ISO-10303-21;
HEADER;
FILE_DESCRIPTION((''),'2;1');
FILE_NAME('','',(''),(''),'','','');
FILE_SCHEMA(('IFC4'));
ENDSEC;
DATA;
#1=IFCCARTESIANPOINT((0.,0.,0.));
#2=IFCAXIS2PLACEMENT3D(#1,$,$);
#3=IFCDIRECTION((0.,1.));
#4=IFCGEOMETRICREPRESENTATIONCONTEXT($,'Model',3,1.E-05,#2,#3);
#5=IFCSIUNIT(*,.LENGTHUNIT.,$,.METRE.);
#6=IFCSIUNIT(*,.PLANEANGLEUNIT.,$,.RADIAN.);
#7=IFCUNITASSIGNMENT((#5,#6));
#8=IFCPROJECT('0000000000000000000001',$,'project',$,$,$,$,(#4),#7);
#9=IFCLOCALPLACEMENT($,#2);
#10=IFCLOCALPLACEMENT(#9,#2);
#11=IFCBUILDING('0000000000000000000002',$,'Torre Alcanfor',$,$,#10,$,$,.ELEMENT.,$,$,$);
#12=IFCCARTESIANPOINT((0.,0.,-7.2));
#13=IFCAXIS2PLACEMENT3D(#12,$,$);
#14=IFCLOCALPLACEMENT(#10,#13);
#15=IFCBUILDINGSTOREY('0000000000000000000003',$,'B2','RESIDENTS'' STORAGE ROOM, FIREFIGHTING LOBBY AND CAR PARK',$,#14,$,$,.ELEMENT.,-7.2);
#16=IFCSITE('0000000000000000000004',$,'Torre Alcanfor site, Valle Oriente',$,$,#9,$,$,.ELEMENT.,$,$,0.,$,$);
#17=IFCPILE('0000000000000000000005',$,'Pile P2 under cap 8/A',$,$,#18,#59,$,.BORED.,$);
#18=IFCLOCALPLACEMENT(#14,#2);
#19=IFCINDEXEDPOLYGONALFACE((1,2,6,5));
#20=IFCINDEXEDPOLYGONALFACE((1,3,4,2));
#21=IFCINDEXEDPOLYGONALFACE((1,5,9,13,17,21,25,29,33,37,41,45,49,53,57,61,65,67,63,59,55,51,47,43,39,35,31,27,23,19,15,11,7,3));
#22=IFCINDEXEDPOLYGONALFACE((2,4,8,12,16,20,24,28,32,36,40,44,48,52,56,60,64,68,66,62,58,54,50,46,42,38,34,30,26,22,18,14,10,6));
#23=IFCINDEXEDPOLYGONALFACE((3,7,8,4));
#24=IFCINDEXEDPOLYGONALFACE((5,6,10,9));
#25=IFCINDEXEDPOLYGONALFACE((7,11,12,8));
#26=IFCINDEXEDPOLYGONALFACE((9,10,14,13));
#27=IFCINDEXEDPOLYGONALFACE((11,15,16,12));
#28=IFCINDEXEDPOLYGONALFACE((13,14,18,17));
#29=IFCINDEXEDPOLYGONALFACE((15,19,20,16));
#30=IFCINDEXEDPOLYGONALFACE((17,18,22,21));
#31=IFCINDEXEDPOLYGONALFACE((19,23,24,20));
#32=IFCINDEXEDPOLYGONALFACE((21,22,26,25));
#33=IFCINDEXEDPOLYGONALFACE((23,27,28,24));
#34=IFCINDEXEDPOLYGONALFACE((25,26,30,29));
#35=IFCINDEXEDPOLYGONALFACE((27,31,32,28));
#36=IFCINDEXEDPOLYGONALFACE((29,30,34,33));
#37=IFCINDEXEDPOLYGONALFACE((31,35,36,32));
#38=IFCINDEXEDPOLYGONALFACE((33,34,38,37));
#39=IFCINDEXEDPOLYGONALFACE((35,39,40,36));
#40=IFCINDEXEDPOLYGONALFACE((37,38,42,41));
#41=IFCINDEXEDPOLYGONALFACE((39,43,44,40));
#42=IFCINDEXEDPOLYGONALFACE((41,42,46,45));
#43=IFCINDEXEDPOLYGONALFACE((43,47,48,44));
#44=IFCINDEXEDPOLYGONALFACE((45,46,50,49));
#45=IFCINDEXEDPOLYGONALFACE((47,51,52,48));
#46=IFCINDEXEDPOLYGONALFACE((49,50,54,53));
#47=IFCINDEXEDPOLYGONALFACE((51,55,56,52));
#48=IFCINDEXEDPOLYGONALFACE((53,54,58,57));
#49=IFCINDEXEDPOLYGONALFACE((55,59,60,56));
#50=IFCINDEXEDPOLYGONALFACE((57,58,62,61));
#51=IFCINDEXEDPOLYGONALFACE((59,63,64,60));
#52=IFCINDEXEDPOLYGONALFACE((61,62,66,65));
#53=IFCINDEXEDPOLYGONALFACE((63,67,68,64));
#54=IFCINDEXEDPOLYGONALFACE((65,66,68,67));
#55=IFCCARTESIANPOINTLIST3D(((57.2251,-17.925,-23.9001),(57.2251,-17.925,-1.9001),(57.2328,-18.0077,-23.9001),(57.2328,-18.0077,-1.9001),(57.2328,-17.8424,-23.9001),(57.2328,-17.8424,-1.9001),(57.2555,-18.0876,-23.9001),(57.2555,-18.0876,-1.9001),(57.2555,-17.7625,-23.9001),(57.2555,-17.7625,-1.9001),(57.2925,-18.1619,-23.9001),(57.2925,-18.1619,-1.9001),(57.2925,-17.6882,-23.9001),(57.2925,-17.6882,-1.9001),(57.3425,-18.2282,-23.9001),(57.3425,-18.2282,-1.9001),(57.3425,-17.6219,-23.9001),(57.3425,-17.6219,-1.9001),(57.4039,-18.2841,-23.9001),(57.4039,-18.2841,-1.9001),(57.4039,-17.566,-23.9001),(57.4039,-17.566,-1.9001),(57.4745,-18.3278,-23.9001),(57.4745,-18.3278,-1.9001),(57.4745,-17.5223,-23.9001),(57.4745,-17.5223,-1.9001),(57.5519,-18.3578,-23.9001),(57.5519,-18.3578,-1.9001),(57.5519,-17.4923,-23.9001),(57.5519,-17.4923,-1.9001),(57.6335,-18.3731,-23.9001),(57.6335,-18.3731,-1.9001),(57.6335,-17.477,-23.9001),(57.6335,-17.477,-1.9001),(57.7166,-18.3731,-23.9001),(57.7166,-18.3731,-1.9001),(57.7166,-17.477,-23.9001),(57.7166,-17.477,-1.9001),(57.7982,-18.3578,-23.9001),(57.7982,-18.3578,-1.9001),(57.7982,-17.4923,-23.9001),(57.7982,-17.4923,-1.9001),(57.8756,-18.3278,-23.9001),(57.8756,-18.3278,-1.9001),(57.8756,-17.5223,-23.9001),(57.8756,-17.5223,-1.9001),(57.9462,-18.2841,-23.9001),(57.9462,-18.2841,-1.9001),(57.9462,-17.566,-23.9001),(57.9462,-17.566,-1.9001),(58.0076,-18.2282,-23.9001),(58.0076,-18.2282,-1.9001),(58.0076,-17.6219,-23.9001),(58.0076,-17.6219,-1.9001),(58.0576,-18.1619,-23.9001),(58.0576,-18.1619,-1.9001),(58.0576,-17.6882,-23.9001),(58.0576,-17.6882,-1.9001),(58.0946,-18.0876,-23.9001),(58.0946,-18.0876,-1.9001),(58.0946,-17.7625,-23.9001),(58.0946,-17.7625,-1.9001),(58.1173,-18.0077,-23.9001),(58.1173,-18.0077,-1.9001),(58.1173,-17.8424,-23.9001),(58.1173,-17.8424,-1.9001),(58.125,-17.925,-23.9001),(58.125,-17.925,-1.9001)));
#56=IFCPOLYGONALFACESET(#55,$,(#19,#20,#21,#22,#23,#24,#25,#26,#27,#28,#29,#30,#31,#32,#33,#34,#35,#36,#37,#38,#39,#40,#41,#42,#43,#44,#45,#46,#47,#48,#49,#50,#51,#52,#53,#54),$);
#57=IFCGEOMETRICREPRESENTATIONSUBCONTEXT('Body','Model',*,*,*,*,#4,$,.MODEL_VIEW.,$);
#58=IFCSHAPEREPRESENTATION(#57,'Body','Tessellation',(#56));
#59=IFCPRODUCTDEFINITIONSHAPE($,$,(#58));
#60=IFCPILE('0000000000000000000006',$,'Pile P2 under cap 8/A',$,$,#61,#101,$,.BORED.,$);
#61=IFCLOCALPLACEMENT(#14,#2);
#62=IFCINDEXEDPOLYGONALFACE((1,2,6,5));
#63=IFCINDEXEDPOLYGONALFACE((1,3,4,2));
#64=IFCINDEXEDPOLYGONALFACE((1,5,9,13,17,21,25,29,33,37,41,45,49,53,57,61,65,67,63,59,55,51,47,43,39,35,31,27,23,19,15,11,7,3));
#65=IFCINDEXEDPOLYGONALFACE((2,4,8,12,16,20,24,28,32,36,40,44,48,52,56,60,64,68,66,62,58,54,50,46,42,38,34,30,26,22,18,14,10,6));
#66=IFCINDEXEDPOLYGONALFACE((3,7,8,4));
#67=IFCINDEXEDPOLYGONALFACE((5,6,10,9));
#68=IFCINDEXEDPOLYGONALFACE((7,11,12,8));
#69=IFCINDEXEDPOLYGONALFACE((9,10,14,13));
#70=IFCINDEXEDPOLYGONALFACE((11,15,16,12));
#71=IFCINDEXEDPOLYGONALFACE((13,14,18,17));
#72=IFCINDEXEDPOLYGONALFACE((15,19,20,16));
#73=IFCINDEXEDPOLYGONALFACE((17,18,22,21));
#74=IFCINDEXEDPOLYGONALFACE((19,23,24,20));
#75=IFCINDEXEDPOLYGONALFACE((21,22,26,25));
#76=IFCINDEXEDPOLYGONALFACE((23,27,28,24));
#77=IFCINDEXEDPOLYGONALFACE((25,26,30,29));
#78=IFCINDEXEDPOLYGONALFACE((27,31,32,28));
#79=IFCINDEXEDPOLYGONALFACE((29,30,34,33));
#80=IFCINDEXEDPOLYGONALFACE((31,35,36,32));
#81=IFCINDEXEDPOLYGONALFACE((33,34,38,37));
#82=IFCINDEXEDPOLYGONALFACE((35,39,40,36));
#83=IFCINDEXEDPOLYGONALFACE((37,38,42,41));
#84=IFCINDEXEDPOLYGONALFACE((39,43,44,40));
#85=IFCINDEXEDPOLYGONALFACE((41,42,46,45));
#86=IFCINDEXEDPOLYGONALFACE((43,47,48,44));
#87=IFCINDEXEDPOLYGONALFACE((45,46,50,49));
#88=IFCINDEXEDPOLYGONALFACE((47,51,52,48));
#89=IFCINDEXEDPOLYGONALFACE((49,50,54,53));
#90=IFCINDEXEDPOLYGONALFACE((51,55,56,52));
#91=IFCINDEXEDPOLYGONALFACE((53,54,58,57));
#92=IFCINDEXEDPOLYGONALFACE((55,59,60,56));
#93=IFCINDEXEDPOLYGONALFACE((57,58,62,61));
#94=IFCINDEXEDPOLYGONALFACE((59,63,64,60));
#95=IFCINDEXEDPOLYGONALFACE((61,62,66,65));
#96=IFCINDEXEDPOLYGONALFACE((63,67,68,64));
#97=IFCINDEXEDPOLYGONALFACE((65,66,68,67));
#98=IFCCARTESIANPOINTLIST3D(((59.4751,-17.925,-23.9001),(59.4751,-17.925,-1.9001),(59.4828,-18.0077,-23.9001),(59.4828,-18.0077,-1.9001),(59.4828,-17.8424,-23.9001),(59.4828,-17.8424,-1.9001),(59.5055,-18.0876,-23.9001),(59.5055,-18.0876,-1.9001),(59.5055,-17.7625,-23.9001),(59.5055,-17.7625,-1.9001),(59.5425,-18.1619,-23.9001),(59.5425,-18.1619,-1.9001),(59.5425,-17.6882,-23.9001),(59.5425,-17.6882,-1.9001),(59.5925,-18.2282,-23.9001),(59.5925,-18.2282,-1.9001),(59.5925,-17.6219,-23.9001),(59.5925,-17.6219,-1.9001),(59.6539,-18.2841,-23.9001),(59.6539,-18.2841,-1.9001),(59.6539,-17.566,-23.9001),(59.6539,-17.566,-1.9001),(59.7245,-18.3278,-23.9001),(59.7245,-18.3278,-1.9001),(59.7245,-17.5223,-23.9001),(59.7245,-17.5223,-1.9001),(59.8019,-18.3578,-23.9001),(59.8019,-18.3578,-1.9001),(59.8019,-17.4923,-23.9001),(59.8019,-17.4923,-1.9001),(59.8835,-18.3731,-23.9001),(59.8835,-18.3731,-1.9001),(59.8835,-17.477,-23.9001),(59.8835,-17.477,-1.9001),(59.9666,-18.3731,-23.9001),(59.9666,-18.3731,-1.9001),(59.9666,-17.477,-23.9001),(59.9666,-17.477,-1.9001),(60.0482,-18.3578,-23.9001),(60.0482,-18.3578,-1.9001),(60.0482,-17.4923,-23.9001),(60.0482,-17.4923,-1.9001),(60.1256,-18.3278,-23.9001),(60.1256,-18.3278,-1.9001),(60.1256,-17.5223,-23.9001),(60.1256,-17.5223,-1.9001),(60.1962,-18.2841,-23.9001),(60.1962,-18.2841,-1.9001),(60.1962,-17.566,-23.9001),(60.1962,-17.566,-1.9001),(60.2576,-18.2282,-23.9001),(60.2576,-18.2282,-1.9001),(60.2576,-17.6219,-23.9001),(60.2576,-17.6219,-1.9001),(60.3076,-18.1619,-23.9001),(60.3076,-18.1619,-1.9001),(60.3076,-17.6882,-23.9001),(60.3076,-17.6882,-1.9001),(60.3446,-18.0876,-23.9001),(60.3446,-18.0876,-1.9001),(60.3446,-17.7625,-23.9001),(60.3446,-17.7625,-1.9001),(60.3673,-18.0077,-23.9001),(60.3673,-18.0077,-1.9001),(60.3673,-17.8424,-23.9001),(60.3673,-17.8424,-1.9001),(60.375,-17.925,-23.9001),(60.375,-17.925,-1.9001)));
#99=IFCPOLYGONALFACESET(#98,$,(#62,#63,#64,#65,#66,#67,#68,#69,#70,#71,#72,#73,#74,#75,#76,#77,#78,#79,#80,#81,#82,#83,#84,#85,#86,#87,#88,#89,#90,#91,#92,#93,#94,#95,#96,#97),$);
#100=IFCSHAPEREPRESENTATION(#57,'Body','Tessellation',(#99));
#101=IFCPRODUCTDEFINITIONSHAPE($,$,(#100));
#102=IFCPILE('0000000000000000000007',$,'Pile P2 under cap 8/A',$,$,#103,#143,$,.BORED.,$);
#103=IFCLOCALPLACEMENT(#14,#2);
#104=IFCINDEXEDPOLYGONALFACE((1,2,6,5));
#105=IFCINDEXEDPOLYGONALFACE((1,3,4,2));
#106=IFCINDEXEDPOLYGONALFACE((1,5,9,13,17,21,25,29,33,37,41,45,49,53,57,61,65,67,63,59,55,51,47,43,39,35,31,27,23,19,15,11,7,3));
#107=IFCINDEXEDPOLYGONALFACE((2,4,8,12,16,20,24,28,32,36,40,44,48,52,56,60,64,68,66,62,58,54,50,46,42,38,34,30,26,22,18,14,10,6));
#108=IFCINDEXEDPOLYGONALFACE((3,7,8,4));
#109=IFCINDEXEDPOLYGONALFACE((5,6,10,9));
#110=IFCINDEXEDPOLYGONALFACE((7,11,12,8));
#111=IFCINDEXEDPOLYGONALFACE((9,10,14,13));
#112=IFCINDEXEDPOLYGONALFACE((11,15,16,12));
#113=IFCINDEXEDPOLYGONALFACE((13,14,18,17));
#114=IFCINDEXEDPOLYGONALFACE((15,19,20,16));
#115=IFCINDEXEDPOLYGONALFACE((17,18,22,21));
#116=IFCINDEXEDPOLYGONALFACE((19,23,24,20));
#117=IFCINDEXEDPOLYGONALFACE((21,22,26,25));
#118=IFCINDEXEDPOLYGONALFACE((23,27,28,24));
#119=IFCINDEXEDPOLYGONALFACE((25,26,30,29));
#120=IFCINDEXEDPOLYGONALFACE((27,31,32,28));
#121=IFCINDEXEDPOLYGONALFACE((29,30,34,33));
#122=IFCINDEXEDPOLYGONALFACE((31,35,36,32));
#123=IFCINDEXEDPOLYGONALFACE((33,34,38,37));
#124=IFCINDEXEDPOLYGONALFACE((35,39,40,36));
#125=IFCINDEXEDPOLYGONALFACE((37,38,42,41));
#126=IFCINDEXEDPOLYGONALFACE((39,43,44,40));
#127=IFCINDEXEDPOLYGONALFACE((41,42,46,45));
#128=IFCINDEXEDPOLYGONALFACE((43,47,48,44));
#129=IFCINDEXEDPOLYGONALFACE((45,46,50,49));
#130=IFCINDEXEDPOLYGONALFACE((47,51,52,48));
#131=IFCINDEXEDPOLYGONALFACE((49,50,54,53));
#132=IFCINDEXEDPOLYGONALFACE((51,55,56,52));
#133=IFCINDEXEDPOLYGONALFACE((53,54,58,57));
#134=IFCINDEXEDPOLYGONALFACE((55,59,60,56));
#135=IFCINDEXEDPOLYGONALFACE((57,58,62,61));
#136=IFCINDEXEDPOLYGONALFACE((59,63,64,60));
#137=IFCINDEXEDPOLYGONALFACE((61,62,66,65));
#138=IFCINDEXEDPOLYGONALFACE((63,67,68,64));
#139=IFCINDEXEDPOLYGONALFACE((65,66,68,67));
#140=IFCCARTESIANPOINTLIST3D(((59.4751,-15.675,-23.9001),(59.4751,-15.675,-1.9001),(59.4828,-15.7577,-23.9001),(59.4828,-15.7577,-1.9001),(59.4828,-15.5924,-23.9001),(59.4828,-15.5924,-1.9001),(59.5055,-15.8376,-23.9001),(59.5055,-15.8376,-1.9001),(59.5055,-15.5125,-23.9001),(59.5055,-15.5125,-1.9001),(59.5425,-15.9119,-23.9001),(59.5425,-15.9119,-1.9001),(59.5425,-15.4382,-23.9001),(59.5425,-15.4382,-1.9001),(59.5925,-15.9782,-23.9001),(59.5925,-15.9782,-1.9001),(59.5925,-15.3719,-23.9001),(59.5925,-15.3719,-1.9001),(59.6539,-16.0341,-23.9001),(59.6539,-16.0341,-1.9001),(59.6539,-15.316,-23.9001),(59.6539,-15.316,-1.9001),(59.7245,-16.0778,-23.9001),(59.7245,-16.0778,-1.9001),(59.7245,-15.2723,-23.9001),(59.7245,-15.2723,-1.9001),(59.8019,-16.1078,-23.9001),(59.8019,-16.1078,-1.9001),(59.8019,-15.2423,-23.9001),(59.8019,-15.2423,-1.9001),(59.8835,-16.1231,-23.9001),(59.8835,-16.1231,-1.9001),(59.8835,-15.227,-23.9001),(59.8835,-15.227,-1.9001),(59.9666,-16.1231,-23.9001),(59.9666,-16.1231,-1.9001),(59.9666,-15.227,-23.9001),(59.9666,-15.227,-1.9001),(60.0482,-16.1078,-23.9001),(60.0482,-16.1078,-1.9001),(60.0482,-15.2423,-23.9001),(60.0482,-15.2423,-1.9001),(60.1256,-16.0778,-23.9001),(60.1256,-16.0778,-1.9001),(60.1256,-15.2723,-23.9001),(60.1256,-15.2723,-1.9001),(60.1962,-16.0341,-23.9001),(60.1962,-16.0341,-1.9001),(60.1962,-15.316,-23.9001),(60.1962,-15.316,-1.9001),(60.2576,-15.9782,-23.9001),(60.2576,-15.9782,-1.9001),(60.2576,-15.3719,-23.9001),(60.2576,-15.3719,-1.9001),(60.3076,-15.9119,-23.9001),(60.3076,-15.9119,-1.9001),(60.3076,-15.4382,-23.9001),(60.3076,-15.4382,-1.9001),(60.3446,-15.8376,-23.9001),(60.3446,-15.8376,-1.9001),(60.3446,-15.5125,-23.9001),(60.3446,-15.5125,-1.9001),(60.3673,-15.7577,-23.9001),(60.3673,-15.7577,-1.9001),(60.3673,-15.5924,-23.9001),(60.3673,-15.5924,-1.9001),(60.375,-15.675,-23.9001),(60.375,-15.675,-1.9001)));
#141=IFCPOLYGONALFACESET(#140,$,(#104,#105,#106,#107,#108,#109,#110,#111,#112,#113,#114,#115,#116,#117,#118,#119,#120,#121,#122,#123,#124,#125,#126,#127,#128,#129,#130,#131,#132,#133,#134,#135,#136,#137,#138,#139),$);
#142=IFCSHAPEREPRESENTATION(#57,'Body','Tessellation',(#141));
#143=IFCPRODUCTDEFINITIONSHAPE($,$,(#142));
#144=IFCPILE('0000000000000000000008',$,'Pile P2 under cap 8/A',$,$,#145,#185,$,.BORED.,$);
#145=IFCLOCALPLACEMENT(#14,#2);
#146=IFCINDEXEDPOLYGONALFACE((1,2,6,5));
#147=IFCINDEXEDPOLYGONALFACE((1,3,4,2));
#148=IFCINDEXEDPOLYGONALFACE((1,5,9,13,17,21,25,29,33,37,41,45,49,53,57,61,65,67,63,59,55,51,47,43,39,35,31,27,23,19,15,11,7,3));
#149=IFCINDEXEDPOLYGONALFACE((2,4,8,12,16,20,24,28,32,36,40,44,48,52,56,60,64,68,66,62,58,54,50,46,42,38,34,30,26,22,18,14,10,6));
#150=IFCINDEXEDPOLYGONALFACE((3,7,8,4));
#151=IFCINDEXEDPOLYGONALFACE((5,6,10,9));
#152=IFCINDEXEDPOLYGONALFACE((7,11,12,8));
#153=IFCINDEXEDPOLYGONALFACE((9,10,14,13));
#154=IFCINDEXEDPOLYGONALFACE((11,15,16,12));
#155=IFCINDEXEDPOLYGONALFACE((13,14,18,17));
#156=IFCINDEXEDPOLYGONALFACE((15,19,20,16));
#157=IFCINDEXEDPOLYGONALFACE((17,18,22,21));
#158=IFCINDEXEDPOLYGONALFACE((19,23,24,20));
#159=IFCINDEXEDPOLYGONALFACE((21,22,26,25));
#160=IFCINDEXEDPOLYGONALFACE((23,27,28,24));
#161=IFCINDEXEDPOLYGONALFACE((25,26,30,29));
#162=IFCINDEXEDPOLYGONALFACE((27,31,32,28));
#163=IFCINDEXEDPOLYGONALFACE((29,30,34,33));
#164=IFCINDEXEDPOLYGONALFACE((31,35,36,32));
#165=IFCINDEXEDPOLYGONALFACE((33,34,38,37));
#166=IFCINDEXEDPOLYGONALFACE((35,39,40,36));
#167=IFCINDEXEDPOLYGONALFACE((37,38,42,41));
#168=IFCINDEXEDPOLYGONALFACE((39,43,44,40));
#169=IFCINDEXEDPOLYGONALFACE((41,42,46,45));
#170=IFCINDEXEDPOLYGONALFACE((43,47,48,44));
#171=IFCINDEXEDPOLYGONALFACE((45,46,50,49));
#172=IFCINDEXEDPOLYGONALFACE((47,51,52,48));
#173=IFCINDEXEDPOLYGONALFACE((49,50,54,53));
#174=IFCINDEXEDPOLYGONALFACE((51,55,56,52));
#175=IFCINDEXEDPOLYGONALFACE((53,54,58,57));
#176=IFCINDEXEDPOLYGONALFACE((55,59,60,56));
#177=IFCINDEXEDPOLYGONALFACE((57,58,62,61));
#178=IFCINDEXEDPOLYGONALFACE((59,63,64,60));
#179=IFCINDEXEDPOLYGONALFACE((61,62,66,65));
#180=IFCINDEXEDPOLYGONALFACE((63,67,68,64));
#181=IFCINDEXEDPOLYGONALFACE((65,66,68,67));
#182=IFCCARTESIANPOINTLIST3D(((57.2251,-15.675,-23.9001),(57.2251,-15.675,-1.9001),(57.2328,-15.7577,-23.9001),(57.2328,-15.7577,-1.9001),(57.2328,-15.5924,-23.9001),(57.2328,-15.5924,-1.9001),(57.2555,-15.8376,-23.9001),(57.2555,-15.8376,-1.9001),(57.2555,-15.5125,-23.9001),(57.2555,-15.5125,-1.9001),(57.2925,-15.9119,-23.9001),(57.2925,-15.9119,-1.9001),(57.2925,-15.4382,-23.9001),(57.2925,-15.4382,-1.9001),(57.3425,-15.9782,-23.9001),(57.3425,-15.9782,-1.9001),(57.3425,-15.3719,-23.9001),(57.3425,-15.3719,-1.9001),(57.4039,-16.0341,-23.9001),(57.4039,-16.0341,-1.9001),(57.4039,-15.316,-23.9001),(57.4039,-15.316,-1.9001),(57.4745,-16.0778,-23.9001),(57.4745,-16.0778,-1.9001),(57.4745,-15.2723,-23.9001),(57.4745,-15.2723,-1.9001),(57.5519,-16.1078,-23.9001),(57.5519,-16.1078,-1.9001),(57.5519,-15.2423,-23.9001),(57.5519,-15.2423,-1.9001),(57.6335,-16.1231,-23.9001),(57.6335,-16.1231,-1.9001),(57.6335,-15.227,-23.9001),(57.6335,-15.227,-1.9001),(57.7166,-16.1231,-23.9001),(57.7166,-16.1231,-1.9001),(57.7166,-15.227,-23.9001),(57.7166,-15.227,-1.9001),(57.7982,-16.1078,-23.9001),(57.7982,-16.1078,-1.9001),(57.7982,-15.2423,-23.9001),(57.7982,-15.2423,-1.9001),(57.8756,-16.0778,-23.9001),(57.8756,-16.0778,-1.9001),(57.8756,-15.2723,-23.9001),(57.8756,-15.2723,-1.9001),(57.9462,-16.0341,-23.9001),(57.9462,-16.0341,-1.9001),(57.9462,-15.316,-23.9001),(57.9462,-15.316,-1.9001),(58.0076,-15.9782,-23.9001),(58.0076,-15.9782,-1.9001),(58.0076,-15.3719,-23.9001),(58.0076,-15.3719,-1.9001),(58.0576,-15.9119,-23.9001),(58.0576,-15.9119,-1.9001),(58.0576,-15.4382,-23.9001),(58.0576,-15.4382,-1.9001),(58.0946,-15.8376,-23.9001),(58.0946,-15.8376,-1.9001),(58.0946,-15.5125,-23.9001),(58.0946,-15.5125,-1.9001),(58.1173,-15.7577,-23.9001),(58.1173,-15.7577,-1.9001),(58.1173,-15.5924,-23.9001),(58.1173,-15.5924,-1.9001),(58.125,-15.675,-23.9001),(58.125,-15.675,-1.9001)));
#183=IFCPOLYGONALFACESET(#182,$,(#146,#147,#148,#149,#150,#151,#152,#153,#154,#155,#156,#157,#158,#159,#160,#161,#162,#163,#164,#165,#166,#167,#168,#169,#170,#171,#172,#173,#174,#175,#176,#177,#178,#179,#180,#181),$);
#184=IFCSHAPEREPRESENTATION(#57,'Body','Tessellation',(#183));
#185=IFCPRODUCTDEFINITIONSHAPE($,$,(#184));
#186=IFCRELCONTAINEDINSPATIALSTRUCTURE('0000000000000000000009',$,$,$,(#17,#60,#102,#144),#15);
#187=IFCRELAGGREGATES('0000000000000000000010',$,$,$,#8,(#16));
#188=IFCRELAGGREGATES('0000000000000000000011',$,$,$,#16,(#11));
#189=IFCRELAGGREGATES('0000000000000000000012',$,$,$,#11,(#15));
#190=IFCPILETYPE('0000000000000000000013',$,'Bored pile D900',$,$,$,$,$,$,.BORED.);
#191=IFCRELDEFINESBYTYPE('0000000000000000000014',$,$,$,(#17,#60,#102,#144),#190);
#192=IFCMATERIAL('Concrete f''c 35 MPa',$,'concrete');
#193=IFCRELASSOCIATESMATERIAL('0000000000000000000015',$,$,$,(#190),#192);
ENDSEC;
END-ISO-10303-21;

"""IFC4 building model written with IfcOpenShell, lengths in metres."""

from ifc_helpers import new_model, si_unit, direction, frame, origin, origin_2d, place, context, subcontext, project, spatial, circle, extrude, material, material_profile, profile_set, type_object, element, save


model = new_model("IFC4")

# Units and contexts
model_context = context("Model", 3, precision=1e-05, world=origin(), true_north=direction((0.0, 1.0)))
body_context = subcontext(model_context, "Body", "Model", "MODEL_VIEW")
ifc_project = project(units=[si_unit("LENGTHUNIT", "METRE"), si_unit("PLANEANGLEUNIT", "RADIAN")], contexts=[model_context])

# Site, building, storey
site_placement = place(None, origin())
site = spatial("IfcSite", under=ifc_project, at=site_placement, Name="Torre Alcanfor site, Valle Oriente", CompositionType="ELEMENT", RefElevation=0.0)
building_placement = place(site_placement, origin())
building = spatial("IfcBuilding", under=site, at=building_placement, Name="Torre Alcanfor", CompositionType="ELEMENT")
storey_placement = place(building_placement, frame((0.0, 0.0, -7.2)))
storey = spatial("IfcBuildingStorey", under=building, at=storey_placement, Name="B2", Description="RESIDENTS' STORAGE ROOM, FIREFIGHTING LOBBY AND CAR PARK", CompositionType="ELEMENT", Elevation=-7.2)

# Piles
ifc_material_1 = material(Name="Concrete f'c 35 MPa", Category="concrete")
ifc_material_profile_1 = material_profile(ifc_material_1, circle(Radius=0.45, at=origin_2d()), Name="D900")
ifc_profile_set_1 = profile_set([ifc_material_profile_1], Name="Concrete f'c 35 MPa")
pile_type = type_object("IfcPileType", Name="Bored pile D900", PredefinedType="BORED", material=ifc_profile_set_1)
for number, where, z_axis, x_axis, name in (
    (1, (57.675, -17.925, -1.9001), (0.0, 0.0, -1.0), (1.0, 0.0, 0.0), "Pile P2 under cap 8/A"),
    (2, (59.925, -17.925, -1.9001), (0.0, 0.0, -1.0), (1.0, 0.0, 0.0), "Pile P2 under cap 8/A"),
    (3, (59.925, -15.675, -1.9001), (0.0, 0.0, -1.0), (1.0, 0.0, 0.0), "Pile P2 under cap 8/A"),
    (4, (57.675, -15.675, -1.9001), (0.0, 0.0, -1.0), (1.0, 0.0, 0.0), "Pile P2 under cap 8/A"),
):
    element("IfcPile", number, at=place(storey_placement, frame(where, z_axis=z_axis, x_axis=x_axis)), inside=storey, type_object=pile_type, Name=name, PredefinedType="BORED", context=body_context, shape_type="SweptSolid", body=[
        extrude(circle(Radius=0.45, at=origin_2d()), origin(), (0.0, 0.0, 1.0), 22.0),
    ])

save(model, "model.ifc")
